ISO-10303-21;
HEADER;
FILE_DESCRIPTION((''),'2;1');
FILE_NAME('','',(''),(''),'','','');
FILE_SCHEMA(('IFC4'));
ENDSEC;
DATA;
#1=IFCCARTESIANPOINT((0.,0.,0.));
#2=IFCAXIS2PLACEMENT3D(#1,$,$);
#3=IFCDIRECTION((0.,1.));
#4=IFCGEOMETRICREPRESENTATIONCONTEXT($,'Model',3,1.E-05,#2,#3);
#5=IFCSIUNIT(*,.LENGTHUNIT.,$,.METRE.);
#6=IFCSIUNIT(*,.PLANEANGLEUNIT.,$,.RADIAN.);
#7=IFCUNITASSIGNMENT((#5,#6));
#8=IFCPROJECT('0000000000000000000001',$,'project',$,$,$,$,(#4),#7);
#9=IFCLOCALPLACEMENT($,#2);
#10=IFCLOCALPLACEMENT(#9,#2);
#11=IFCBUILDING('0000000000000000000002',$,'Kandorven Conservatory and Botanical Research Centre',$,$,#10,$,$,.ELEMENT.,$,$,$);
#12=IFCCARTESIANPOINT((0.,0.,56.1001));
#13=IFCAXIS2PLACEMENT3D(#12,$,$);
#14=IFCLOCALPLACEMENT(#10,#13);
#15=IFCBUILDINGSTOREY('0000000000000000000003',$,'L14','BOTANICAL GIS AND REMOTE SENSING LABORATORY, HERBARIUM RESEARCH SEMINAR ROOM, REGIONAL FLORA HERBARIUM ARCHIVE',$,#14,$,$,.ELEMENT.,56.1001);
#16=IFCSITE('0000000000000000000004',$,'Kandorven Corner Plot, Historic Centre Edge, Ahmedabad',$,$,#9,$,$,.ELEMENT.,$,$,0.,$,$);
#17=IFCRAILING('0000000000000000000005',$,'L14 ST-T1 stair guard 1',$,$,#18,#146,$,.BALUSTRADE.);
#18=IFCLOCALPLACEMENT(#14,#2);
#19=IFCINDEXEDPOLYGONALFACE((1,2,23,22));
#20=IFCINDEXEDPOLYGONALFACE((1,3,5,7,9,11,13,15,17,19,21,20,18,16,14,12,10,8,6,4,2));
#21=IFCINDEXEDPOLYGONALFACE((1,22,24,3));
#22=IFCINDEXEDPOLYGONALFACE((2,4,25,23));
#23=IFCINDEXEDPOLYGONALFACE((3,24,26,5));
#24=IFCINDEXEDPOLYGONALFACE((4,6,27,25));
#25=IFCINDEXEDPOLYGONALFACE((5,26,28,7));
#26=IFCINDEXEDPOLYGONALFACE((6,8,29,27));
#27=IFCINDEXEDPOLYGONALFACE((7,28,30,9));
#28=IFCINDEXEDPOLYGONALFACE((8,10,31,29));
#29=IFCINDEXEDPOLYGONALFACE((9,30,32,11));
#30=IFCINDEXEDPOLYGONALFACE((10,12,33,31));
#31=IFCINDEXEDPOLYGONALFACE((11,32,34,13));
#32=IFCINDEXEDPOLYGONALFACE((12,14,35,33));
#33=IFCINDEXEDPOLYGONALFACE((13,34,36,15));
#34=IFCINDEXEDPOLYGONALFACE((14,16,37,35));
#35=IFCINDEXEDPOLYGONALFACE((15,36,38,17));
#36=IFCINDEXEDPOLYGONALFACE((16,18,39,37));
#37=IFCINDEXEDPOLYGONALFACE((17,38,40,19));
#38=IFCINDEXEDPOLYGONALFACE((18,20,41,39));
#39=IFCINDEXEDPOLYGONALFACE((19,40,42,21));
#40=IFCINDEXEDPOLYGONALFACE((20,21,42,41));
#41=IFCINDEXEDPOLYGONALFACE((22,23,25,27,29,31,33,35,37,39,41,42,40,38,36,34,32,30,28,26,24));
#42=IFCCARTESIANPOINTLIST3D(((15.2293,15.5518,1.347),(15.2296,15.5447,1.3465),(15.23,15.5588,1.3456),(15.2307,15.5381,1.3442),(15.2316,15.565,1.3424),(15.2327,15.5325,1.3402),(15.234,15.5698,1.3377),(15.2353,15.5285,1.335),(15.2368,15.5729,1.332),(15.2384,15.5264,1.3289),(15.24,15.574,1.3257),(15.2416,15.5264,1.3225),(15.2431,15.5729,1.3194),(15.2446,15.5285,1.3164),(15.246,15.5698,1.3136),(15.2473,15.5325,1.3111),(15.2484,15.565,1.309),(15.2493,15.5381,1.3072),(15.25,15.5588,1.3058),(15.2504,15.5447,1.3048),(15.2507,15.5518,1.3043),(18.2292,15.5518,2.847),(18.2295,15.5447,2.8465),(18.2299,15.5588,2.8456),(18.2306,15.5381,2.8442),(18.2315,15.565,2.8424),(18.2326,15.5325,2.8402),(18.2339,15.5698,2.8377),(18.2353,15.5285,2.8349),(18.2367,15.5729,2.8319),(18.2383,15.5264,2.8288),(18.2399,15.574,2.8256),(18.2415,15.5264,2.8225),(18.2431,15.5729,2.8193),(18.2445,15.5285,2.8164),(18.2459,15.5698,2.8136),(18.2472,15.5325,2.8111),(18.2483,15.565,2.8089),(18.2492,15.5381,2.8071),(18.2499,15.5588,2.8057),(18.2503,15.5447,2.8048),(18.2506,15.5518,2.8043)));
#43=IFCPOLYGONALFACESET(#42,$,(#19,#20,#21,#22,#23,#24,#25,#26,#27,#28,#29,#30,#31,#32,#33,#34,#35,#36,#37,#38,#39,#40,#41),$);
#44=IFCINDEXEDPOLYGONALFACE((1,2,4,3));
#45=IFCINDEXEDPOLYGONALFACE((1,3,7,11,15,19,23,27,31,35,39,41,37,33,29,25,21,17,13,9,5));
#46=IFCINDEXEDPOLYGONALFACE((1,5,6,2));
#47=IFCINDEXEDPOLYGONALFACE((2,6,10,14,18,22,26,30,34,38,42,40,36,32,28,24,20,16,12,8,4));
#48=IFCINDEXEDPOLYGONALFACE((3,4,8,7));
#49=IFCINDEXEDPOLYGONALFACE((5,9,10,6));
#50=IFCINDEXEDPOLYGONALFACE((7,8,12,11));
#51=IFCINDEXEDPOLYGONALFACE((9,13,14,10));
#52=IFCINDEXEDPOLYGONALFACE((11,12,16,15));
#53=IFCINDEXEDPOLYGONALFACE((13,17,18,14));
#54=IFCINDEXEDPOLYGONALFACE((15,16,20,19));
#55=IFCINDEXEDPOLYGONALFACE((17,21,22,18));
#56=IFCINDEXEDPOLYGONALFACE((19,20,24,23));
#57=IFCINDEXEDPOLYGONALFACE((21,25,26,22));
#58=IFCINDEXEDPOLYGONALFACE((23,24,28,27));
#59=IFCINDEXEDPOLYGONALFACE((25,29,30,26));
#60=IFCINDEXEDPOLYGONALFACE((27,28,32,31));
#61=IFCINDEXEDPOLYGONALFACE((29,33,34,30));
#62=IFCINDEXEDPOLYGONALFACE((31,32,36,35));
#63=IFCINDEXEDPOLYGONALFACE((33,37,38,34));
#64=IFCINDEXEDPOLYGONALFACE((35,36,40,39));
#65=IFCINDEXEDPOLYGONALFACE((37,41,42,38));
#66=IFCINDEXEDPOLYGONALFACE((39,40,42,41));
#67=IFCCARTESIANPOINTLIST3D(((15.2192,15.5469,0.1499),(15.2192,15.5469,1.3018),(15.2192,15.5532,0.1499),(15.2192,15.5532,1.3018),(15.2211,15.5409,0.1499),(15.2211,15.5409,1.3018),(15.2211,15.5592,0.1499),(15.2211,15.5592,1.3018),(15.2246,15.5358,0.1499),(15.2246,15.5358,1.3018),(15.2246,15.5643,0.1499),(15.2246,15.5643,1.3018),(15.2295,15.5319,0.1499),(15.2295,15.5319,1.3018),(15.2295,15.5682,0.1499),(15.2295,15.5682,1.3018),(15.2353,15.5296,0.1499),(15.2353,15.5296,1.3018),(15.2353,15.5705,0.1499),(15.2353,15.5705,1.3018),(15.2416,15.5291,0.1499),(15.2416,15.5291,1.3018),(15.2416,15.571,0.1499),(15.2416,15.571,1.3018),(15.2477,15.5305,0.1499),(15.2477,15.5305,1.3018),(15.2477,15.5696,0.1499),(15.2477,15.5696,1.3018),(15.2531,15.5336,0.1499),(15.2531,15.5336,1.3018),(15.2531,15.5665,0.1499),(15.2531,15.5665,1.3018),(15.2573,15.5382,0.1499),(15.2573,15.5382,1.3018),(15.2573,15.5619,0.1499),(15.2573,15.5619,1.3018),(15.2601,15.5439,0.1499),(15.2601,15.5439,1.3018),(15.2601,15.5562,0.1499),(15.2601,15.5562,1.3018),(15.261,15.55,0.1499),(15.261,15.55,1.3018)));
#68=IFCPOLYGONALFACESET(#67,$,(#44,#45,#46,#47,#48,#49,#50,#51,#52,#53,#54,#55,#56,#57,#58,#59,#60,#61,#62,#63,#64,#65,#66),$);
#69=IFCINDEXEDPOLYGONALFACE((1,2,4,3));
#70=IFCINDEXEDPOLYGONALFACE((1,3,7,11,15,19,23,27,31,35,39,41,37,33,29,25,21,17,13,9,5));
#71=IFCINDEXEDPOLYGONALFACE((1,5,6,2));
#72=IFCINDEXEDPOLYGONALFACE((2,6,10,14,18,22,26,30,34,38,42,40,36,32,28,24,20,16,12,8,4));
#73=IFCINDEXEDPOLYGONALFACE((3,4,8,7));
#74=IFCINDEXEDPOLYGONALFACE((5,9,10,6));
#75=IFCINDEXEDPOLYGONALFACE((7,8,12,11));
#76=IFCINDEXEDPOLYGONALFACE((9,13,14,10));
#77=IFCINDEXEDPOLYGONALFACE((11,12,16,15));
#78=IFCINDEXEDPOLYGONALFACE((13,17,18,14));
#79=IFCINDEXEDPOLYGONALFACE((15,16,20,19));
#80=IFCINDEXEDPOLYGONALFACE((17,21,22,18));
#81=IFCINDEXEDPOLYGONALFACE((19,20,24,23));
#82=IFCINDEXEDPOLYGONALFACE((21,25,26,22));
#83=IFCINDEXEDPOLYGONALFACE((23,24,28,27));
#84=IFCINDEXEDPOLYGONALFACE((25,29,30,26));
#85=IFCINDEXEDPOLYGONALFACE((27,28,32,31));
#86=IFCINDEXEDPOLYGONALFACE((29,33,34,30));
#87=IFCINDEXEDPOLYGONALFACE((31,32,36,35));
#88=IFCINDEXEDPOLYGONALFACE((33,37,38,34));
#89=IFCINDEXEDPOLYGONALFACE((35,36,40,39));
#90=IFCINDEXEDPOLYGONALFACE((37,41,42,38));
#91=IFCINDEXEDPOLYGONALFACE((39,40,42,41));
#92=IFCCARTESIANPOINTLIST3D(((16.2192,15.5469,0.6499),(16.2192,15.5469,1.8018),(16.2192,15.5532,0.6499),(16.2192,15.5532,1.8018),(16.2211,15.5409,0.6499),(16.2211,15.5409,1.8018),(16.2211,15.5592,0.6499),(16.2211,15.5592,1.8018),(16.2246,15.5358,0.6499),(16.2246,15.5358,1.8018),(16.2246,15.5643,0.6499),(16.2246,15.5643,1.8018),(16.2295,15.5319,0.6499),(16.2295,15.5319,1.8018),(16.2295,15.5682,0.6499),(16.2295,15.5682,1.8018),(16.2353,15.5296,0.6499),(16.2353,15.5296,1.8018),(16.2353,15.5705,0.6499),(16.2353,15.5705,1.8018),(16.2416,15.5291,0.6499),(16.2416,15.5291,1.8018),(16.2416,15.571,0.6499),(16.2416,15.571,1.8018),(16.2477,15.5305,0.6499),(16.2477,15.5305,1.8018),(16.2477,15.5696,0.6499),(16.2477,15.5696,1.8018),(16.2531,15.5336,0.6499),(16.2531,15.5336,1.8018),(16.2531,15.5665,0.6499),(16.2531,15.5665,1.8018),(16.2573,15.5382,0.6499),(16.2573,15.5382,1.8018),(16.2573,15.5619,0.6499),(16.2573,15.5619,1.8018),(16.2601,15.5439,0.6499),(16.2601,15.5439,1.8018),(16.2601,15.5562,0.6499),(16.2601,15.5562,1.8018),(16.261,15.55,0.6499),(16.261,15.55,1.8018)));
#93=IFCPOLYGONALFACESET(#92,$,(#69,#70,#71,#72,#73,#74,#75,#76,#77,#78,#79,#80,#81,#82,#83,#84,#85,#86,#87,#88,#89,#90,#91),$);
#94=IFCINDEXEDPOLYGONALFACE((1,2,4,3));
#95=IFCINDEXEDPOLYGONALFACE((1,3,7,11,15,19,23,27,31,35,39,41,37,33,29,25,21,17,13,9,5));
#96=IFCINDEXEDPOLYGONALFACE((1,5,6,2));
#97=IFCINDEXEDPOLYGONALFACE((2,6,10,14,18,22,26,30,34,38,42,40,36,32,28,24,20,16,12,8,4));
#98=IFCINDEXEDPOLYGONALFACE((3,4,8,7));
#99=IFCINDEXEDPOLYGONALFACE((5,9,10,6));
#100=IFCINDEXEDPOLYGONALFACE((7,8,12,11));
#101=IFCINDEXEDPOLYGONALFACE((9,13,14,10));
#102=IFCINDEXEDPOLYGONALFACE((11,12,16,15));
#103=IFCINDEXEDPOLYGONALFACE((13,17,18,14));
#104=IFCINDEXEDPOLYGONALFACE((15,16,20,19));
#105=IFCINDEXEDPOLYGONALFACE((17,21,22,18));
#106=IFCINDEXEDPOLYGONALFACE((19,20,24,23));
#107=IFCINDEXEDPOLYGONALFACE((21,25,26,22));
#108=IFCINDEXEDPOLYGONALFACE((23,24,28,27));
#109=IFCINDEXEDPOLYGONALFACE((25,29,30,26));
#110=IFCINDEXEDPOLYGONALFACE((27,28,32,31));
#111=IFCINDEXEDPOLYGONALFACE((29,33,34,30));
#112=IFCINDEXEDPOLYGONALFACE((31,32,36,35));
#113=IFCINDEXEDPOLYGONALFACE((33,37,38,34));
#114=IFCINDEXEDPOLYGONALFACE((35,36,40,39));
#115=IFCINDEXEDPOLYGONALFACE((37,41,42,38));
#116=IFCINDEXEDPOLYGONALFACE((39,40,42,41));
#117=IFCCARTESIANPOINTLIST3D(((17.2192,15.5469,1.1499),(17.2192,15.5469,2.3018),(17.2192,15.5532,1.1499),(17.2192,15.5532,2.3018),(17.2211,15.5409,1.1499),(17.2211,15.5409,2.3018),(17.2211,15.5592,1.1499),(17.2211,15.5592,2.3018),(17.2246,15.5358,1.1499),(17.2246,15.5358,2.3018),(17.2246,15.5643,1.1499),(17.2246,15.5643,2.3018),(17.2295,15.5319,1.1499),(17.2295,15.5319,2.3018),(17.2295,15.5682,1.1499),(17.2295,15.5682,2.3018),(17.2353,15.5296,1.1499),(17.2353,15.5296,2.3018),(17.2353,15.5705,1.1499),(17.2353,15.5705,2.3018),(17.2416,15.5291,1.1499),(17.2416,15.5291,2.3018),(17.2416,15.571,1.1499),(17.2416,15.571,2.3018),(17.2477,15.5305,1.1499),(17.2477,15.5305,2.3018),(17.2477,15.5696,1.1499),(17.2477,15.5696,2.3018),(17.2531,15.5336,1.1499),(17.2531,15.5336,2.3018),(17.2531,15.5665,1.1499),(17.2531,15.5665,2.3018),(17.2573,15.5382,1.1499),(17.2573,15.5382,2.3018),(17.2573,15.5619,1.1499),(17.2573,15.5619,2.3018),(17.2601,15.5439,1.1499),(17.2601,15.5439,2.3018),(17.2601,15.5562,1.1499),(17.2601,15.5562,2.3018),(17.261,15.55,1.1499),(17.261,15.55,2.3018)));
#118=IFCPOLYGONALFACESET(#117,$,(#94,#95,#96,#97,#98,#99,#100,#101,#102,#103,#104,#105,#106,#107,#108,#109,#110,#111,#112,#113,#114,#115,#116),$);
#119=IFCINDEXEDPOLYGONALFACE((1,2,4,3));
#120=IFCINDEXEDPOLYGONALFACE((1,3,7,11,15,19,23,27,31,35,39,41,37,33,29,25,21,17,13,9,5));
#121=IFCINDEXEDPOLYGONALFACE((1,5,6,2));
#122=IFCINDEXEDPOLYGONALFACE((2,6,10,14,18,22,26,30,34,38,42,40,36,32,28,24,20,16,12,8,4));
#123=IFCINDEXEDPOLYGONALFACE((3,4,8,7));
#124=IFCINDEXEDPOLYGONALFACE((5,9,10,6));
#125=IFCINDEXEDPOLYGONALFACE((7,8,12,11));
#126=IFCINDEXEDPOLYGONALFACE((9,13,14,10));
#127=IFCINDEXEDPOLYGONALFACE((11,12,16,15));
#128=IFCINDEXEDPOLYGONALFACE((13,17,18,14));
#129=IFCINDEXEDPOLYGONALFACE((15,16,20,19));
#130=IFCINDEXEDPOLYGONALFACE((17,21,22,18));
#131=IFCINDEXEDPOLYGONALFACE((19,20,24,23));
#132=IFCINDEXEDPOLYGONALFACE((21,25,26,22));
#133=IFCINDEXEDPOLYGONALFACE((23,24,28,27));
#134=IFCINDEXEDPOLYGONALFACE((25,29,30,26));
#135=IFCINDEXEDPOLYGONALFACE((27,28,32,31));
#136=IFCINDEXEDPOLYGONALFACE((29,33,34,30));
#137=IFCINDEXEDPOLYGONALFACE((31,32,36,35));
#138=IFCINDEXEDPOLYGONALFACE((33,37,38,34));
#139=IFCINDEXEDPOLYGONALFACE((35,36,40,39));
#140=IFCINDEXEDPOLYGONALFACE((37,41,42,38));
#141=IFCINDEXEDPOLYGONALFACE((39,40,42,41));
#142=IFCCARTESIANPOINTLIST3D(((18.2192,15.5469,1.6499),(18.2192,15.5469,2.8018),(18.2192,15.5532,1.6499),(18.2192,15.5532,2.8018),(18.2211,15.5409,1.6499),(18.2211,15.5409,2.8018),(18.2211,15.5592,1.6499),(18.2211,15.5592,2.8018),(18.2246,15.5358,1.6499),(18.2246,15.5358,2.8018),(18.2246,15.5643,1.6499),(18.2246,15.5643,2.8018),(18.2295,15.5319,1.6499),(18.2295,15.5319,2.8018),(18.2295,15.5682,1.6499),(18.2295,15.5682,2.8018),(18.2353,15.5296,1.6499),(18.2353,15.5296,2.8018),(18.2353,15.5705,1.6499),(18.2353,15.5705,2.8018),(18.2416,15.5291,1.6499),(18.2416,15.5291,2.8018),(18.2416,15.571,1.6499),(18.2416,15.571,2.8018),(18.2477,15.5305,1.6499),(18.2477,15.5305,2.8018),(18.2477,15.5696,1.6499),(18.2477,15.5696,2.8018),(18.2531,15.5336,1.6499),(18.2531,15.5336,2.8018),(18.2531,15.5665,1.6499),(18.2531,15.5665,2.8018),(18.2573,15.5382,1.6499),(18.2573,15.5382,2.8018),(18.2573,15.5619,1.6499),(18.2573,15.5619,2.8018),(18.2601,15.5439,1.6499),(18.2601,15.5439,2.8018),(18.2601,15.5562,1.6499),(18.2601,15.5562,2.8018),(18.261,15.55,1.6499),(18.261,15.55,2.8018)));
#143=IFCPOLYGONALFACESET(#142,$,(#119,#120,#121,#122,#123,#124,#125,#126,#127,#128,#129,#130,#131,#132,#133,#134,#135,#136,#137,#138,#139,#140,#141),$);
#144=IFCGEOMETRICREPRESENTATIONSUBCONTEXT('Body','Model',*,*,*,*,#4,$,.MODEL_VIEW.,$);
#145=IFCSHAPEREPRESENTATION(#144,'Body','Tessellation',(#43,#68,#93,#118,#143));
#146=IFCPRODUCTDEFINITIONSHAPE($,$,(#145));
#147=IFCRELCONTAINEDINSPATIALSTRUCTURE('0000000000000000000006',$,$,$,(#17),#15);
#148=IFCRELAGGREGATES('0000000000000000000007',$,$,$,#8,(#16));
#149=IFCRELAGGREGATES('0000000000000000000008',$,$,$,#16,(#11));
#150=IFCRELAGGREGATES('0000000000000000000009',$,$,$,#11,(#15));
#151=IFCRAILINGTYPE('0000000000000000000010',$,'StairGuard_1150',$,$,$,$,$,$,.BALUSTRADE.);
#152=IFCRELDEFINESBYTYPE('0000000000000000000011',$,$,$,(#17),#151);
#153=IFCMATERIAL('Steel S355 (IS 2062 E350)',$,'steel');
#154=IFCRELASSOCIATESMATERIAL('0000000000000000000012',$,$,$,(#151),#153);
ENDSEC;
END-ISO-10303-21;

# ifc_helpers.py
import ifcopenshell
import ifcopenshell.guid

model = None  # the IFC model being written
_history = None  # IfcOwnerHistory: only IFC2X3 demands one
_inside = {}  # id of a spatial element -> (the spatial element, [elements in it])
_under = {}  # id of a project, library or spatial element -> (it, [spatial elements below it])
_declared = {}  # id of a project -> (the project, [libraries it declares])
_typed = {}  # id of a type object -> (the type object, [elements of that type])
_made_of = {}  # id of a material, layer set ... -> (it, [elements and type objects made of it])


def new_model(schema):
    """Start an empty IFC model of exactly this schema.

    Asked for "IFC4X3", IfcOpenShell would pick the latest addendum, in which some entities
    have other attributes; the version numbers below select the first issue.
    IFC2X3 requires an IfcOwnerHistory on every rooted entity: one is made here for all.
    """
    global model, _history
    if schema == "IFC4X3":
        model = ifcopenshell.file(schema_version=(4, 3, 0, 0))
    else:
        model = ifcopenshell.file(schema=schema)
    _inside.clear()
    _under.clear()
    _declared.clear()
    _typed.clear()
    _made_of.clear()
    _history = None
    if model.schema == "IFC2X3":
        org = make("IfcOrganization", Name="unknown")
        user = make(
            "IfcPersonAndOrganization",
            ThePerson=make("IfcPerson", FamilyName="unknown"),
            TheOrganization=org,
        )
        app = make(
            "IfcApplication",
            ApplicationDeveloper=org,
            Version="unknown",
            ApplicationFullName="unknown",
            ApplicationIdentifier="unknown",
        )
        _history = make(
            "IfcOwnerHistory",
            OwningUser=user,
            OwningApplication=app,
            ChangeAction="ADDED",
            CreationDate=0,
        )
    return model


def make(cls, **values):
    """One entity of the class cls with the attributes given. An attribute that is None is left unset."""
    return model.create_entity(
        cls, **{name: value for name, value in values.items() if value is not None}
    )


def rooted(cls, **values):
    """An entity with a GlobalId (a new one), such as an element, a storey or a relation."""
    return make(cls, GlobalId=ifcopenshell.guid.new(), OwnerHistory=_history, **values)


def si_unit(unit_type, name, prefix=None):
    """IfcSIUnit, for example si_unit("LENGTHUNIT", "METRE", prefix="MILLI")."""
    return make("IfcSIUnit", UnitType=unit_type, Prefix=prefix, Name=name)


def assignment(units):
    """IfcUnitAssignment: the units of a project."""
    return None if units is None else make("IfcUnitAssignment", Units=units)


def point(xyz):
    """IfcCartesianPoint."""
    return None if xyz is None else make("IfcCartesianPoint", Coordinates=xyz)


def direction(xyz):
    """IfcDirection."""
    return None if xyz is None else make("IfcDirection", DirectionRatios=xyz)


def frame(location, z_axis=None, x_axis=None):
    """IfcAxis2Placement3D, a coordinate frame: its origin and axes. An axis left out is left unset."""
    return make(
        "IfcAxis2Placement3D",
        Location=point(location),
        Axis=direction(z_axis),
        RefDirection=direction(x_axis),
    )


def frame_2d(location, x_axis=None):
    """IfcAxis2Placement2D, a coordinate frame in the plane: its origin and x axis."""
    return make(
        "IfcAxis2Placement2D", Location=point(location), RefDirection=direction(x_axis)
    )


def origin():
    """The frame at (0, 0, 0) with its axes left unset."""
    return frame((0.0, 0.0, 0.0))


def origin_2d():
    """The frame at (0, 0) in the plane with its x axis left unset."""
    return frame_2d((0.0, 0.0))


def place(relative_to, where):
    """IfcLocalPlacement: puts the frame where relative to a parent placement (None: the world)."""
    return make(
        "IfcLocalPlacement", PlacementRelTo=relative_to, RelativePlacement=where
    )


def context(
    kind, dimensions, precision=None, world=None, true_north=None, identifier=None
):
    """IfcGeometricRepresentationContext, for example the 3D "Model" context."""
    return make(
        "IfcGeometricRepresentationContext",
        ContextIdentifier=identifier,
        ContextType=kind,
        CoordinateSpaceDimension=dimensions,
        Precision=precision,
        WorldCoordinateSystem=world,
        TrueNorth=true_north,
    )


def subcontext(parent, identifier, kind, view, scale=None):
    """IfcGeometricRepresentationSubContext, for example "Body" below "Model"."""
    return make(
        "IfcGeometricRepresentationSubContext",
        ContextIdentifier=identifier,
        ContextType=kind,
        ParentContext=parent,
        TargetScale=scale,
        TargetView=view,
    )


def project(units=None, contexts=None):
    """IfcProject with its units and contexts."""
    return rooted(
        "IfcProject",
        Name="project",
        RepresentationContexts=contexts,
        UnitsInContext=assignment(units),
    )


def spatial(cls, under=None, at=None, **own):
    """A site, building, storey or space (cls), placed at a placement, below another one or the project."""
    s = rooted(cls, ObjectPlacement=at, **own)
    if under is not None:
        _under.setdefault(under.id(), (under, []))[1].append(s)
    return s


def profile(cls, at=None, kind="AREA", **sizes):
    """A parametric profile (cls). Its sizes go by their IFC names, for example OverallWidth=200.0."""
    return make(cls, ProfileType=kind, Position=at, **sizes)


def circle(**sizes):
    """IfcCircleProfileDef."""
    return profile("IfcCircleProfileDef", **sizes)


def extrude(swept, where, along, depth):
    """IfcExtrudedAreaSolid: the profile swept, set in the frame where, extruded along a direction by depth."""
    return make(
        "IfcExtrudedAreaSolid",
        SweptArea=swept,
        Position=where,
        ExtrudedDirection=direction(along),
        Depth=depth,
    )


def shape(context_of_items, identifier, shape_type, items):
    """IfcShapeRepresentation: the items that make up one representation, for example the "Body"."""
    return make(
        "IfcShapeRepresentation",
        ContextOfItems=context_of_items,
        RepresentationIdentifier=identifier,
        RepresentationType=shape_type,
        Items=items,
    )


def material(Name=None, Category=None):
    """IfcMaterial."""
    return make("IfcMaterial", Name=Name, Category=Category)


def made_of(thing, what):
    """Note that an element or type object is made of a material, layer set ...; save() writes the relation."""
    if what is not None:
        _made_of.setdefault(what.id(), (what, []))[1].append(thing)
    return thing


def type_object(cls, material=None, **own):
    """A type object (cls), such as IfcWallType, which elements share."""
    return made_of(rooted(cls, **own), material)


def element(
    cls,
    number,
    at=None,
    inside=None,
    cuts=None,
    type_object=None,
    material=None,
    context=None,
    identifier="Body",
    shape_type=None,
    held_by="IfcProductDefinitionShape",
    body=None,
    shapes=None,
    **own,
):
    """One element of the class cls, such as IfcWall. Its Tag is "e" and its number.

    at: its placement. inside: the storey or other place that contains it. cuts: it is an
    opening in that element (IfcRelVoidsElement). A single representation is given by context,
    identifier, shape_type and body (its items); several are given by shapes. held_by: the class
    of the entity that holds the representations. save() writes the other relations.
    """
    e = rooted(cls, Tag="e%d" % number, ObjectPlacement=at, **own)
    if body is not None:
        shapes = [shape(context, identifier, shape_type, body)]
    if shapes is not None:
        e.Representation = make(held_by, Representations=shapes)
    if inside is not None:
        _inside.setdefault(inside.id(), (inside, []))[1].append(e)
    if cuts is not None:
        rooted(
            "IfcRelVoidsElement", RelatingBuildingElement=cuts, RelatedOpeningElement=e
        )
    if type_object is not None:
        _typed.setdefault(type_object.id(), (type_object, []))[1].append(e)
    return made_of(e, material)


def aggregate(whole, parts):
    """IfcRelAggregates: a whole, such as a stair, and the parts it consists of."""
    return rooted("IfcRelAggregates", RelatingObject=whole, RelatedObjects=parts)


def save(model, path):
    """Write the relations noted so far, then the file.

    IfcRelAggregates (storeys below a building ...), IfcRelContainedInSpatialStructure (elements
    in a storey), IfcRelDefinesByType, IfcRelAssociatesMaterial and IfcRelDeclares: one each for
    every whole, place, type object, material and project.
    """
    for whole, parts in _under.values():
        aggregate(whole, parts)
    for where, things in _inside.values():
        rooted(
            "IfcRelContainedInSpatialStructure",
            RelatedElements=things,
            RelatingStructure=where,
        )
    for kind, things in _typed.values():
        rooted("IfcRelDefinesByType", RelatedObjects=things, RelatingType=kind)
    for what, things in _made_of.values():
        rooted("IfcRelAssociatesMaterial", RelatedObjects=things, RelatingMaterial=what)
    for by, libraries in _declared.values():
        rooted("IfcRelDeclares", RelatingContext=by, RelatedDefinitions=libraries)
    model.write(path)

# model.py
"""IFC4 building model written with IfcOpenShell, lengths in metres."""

from ifc_helpers import new_model, si_unit, direction, frame, origin, origin_2d, place, context, subcontext, project, spatial, circle, extrude, material, type_object, element, save


model = new_model("IFC4")

# Units and contexts
model_context = context("Model", 3, precision=1e-05, world=origin(), true_north=direction((0.0, 1.0)))
body_context = subcontext(model_context, "Body", "Model", "MODEL_VIEW")
ifc_project = project(units=[si_unit("LENGTHUNIT", "METRE"), si_unit("PLANEANGLEUNIT", "RADIAN")], contexts=[model_context])

# Site, building, storey
site_placement = place(None, origin())
site = spatial("IfcSite", under=ifc_project, at=site_placement, Name="Kandorven Corner Plot, Historic Centre Edge, Ahmedabad", CompositionType="ELEMENT", RefElevation=0.0)
building_placement = place(site_placement, origin())
building = spatial("IfcBuilding", under=site, at=building_placement, Name="Kandorven Conservatory and Botanical Research Centre", CompositionType="ELEMENT")
storey_placement = place(building_placement, frame((0.0, 0.0, 56.1001)))
storey = spatial("IfcBuildingStorey", under=building, at=storey_placement, Name="L14", Description="BOTANICAL GIS AND REMOTE SENSING LABORATORY, HERBARIUM RESEARCH SEMINAR ROOM, REGIONAL FLORA HERBARIUM ARCHIVE", CompositionType="ELEMENT", Elevation=56.1001)

# Railing
ifc_material_1 = material(Name="Steel S355 (IS 2062 E350)", Category="steel")
railing_type_1 = type_object("IfcRailingType", Name="StairGuard_1150", PredefinedType="BALUSTRADE", material=ifc_material_1)
railing_1_placement = place(storey_placement, frame((15.24, 15.55, 0.1499)))
element("IfcRailing", 1, at=railing_1_placement, inside=storey, type_object=railing_type_1, Name="L14 ST-T1 stair guard 1", PredefinedType="BALUSTRADE", context=body_context, shape_type="SweptSolid", body=[
    extrude(circle(Radius=0.0239, at=origin_2d()), frame((0.0, 0.0, 1.1758), z_axis=(0.894427, 0.0, 0.447214), x_axis=(0.0, 1.0, 0.0)), (0.0, 0.0, 1.0), 3.354),
    extrude(circle(Radius=0.021, at=origin_2d()), origin(), (0.0, 0.0, 1.0), 1.1519),
    extrude(circle(Radius=0.021, at=origin_2d()), frame((1.0, 0.0, 0.5)), (0.0, 0.0, 1.0), 1.1519),
    extrude(circle(Radius=0.021, at=origin_2d()), frame((2.0, 0.0, 1.0)), (0.0, 0.0, 1.0), 1.1519),
    extrude(circle(Radius=0.021, at=origin_2d()), frame((3.0, 0.0, 1.5)), (0.0, 0.0, 1.0), 1.1519),
])

save(model, "model.ifc")
